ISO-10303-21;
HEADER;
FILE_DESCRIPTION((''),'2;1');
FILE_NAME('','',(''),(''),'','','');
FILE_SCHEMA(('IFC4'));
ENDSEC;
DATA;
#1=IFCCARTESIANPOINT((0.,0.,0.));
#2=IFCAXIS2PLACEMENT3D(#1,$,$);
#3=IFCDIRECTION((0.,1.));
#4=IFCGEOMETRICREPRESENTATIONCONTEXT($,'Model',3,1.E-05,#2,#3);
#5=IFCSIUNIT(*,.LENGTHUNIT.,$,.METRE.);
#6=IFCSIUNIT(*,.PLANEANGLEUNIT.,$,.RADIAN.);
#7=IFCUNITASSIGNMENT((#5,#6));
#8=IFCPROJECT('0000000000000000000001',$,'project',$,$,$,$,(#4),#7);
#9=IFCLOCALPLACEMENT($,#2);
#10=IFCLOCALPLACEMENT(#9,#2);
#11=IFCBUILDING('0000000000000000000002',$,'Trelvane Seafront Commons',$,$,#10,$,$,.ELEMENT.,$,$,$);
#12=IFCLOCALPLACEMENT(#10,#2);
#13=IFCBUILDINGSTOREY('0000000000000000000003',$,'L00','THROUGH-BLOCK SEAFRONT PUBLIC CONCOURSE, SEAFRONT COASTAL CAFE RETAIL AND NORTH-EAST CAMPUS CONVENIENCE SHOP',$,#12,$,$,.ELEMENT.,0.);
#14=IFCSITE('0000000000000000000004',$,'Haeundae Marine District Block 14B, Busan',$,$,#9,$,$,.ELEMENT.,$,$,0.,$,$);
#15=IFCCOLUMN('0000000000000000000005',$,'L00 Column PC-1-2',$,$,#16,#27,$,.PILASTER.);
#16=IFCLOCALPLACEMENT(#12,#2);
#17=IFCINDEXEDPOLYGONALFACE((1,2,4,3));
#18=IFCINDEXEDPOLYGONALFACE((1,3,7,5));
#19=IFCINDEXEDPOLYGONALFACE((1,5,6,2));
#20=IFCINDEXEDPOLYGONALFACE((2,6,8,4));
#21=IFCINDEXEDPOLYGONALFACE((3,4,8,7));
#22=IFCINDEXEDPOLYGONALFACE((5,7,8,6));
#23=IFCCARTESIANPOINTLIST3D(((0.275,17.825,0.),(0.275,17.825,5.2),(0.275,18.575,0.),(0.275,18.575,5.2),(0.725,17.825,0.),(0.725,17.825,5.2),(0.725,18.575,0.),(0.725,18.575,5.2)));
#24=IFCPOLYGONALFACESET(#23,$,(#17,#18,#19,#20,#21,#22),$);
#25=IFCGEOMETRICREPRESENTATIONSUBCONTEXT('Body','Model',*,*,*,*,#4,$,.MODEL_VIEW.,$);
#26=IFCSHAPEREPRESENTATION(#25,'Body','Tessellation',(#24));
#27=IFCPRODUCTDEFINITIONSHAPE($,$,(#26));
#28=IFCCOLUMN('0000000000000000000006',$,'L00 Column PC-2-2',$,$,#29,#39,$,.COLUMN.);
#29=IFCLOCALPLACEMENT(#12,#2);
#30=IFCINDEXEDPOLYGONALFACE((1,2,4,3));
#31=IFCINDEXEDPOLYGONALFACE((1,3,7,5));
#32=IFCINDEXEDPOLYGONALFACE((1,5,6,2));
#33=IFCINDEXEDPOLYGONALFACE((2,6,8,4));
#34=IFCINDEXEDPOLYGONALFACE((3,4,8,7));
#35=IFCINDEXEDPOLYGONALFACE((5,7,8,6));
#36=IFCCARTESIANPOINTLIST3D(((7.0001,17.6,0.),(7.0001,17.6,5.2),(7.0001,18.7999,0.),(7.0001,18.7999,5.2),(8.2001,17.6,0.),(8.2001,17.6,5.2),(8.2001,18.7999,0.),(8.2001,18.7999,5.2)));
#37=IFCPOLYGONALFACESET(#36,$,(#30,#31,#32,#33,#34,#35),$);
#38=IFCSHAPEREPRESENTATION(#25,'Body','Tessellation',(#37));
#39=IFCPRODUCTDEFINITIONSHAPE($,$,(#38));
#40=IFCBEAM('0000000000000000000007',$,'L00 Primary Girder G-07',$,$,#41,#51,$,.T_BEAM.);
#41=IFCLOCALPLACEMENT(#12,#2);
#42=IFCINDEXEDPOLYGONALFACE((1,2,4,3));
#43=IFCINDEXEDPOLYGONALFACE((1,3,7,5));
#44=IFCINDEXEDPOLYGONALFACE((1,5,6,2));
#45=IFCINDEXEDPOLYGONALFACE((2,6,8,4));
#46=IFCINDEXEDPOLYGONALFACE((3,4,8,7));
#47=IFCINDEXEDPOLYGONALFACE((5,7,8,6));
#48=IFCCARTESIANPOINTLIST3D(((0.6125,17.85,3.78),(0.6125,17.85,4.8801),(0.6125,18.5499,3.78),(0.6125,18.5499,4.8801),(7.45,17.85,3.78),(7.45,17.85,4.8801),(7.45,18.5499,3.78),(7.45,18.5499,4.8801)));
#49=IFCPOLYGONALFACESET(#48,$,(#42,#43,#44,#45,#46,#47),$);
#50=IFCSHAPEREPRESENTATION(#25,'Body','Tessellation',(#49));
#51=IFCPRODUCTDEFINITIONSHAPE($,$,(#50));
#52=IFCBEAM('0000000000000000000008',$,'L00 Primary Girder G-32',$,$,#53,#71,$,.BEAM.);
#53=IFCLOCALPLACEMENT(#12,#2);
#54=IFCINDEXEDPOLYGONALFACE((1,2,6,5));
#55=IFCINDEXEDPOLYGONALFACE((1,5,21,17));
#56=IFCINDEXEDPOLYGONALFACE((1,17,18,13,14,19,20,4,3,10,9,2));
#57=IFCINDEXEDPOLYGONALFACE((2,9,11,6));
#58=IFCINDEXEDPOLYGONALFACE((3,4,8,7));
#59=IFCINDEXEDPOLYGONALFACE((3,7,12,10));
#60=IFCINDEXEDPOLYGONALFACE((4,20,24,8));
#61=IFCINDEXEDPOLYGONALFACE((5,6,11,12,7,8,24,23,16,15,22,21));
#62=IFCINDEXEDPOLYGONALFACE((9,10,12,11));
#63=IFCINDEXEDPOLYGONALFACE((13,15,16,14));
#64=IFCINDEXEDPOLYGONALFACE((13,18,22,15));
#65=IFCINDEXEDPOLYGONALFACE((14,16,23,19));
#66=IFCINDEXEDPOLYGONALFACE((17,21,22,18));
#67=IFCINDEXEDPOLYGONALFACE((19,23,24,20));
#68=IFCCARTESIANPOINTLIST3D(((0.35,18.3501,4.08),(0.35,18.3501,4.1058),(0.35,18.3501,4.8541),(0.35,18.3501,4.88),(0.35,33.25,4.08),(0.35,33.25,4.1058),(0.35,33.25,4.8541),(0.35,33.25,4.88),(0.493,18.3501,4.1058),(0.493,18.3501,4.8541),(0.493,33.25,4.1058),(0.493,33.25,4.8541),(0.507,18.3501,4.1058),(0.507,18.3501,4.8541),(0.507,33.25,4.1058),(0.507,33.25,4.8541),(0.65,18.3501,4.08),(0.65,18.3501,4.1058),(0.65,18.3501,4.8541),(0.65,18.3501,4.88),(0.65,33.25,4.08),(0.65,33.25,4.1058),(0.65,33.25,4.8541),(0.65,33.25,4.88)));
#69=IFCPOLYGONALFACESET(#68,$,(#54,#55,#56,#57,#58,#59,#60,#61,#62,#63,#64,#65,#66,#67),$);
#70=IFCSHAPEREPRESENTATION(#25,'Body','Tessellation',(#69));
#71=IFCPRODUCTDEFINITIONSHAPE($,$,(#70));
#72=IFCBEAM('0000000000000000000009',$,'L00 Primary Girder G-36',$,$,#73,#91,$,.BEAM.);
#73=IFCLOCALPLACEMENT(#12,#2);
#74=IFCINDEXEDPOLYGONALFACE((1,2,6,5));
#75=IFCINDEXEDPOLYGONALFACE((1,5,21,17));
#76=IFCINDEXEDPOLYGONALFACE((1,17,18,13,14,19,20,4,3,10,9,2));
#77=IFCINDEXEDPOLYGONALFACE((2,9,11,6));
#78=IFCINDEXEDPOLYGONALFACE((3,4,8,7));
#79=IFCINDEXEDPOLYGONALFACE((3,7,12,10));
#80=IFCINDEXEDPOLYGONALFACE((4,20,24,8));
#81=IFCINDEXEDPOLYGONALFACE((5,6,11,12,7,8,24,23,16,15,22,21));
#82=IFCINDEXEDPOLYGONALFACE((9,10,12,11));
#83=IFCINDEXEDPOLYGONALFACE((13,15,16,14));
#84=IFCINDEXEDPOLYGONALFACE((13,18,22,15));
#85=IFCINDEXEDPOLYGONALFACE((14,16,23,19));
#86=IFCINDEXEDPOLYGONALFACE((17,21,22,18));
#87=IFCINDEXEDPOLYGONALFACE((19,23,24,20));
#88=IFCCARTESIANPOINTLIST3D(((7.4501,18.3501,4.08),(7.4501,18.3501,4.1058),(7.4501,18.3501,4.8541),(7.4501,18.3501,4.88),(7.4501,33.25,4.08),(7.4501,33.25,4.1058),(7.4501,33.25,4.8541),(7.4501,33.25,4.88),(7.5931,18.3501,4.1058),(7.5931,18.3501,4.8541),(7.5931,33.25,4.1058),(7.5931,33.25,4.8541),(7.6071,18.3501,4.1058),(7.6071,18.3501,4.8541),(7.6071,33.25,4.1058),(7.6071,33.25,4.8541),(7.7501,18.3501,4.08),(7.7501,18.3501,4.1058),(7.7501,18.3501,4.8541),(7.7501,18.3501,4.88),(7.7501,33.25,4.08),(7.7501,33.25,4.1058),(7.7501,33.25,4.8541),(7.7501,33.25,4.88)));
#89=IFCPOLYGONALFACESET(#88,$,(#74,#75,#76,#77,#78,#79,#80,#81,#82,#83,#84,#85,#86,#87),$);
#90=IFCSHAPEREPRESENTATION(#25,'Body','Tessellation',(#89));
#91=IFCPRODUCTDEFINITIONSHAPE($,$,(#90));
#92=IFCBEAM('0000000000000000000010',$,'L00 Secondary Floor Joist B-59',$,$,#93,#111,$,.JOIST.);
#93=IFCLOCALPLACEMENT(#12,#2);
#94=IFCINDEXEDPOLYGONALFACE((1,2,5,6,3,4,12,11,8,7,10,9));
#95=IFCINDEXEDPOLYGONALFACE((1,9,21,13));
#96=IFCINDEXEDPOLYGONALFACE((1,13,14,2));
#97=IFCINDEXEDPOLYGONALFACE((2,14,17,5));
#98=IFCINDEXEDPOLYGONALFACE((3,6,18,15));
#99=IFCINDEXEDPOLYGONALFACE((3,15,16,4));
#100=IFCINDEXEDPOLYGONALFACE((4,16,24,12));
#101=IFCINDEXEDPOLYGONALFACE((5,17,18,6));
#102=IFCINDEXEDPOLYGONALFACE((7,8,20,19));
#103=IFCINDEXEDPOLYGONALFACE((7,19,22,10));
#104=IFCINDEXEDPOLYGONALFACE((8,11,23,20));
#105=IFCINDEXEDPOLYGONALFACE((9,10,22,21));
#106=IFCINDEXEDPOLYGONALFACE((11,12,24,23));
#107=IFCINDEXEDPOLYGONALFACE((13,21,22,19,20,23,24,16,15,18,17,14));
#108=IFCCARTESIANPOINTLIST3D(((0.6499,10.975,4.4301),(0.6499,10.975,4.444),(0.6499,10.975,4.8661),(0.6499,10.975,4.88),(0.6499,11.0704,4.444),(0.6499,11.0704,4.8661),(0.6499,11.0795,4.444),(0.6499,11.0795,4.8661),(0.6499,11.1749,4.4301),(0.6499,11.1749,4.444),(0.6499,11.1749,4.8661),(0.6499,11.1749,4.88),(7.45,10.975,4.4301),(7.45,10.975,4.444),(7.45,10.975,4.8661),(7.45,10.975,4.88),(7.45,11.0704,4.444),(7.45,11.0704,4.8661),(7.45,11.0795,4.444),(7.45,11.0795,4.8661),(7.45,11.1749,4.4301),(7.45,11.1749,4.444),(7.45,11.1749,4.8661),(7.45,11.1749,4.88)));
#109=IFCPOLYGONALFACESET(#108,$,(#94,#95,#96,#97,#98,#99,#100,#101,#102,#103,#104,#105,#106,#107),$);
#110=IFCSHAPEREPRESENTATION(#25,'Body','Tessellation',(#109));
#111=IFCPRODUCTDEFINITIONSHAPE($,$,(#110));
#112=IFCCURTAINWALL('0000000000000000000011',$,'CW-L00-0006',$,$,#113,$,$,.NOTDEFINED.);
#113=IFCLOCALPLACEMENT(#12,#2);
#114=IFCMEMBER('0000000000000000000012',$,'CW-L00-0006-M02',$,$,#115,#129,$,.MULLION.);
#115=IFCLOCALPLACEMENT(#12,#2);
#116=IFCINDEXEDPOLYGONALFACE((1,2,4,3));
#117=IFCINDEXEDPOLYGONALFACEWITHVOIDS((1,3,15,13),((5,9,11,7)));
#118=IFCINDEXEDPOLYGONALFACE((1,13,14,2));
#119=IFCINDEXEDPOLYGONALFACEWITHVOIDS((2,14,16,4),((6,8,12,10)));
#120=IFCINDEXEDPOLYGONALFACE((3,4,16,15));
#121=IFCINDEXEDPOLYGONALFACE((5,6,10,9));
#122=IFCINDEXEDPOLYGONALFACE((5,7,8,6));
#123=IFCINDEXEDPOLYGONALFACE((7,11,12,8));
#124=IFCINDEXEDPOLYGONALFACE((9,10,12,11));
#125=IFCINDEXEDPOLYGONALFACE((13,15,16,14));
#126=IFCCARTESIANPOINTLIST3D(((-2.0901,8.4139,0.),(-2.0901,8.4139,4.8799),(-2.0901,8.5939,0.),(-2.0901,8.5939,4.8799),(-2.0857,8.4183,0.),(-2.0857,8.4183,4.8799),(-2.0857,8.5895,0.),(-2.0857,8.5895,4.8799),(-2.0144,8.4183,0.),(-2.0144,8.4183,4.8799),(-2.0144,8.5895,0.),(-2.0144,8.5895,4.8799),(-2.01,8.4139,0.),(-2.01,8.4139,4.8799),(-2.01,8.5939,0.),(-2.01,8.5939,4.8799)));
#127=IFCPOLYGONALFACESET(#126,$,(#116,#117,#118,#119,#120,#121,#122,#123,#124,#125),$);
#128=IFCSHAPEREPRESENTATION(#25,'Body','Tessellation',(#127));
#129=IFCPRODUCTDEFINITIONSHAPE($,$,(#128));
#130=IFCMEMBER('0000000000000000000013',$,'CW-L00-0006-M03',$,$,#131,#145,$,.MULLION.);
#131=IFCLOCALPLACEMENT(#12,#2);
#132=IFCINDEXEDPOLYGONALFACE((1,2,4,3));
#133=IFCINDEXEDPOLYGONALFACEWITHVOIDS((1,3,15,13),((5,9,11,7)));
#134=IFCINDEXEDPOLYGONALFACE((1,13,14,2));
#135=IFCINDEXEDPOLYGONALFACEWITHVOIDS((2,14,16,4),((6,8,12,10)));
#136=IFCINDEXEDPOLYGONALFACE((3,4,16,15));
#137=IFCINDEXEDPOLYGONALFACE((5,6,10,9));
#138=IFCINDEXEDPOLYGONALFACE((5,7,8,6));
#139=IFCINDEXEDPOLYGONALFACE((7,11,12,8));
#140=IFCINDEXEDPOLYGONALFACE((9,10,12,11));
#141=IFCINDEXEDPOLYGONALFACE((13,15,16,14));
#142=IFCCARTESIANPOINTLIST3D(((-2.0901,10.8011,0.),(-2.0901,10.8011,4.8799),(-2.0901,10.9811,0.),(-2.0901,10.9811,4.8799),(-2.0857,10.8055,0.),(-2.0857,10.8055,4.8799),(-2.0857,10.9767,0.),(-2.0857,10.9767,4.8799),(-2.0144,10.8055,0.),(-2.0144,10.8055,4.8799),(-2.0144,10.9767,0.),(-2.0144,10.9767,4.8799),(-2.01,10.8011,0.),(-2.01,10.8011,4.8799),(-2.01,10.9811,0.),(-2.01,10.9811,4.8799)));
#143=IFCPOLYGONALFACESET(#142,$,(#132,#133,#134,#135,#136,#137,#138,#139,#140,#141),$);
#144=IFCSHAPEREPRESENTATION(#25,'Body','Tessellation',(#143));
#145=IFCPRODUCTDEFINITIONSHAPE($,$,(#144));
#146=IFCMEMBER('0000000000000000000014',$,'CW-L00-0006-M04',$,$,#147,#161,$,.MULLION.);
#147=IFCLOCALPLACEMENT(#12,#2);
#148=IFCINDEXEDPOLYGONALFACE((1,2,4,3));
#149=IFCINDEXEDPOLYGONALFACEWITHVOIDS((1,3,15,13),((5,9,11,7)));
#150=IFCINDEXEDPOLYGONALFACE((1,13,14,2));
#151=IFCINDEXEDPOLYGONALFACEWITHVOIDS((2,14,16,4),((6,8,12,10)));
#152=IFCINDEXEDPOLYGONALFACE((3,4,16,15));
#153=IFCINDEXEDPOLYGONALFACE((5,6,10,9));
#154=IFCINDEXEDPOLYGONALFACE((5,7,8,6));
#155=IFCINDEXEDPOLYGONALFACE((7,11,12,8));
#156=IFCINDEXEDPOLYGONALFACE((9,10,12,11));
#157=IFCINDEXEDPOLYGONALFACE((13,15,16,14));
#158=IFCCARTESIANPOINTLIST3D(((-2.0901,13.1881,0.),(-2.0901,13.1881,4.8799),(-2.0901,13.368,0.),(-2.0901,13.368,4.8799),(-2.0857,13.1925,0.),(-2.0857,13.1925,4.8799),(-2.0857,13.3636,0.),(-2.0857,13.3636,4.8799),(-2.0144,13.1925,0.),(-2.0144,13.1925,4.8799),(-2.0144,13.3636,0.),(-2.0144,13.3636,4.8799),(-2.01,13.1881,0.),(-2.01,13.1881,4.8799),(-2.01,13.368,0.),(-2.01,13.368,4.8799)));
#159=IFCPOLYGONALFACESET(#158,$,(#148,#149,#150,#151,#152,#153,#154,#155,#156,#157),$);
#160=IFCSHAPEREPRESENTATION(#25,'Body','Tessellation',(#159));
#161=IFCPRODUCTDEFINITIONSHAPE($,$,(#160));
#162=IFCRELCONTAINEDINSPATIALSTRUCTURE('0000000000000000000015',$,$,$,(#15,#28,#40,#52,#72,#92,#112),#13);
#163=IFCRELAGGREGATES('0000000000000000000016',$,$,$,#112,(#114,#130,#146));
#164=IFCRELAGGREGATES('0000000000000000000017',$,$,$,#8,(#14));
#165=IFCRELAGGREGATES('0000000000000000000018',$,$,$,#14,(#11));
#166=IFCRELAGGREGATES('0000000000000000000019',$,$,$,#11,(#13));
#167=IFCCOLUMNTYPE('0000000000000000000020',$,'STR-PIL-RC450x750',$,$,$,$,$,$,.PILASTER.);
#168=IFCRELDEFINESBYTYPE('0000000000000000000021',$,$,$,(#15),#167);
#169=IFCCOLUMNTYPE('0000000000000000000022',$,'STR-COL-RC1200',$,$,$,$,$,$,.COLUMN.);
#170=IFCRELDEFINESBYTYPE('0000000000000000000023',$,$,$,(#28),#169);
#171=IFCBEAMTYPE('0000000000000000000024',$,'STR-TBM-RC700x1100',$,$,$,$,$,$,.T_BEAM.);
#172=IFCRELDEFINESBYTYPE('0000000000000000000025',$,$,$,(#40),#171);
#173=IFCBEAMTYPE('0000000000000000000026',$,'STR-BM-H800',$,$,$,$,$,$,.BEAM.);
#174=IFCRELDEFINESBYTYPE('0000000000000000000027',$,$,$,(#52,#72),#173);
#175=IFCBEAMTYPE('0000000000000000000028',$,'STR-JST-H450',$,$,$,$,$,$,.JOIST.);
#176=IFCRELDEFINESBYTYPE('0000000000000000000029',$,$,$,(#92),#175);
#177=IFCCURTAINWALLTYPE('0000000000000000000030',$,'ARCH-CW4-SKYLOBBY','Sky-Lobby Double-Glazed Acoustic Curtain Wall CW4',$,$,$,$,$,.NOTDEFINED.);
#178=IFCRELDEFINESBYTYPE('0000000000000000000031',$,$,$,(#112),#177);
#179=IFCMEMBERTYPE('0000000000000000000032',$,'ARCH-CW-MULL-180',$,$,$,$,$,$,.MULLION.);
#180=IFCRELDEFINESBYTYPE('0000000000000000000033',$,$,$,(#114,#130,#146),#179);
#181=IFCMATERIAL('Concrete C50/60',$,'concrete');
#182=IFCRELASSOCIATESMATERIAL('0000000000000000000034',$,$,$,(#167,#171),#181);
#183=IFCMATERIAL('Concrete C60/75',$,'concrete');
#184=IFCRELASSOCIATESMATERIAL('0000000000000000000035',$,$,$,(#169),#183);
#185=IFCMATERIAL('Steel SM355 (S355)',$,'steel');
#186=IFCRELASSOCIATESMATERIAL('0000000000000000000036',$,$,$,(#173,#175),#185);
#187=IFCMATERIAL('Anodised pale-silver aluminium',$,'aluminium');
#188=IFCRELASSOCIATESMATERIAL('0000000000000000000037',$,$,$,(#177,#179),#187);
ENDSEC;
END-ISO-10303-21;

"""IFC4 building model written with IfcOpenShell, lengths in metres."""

from ifc_helpers import new_model, si_unit, direction, frame, origin, origin_2d, place, context, subcontext, project, spatial, rectangle, hollow_rectangle, i_section, extrude, source, transform, mapped, material, material_profile, profile_set, type_object, element, aggregate, save


model = new_model("IFC4")

# Units and contexts
model_context = context("Model", 3, precision=1e-05, world=origin(), true_north=direction((0.0, 1.0)))
body_context = subcontext(model_context, "Body", "Model", "MODEL_VIEW")
ifc_project = project(units=[si_unit("LENGTHUNIT", "METRE"), si_unit("PLANEANGLEUNIT", "RADIAN")], contexts=[model_context])

# Site, building, storey
site_placement = place(None, origin())
site = spatial("IfcSite", under=ifc_project, at=site_placement, Name="Haeundae Marine District Block 14B, Busan", CompositionType="ELEMENT", RefElevation=0.0)
building_placement = place(site_placement, origin())
building = spatial("IfcBuilding", under=site, at=building_placement, Name="Trelvane Seafront Commons", CompositionType="ELEMENT")
storey_placement = place(building_placement, origin())
storey = spatial("IfcBuildingStorey", under=building, at=storey_placement, Name="L00", Description="THROUGH-BLOCK SEAFRONT PUBLIC CONCOURSE, SEAFRONT COASTAL CAFE RETAIL AND NORTH-EAST CAMPUS CONVENIENCE SHOP", CompositionType="ELEMENT", Elevation=0.0)

# Columns
ifc_material_1 = material(Name="Concrete C50/60", Category="concrete")
ifc_material_profile_1 = material_profile(ifc_material_1, rectangle(XDim=0.45, YDim=0.75, at=origin_2d()), Name="RC-450x750")
ifc_profile_set_1 = profile_set([ifc_material_profile_1], Name="Concrete C50/60")
column_type_1 = type_object("IfcColumnType", Name="STR-PIL-RC450x750", PredefinedType="PILASTER", material=ifc_profile_set_1)
shared_shape_1 = source(origin(), body_context, "Body", "SweptSolid", [
    extrude(rectangle(XDim=0.45, YDim=0.75, at=origin_2d()), origin(), (0.0, 0.0, 1.0), 5.2),
])
column_1_placement = place(storey_placement, frame((0.5, 18.2, 0.0), z_axis=(0.0, 0.0, 1.0), x_axis=(1.0, 0.0, 0.0)))
element("IfcColumn", 1, at=column_1_placement, inside=storey, type_object=column_type_1, Name="L00 Column PC-1-2", PredefinedType="PILASTER", context=body_context, shape_type="MappedRepresentation", body=[
    mapped(shared_shape_1, transform((0.0, 0.0, 0.0), x_axis=(1.0, 0.0, 0.0), y_axis=(0.0, 1.0, 0.0), z_axis=(0.0, 0.0, 1.0), scale=1.0)),
])
ifc_material_2 = material(Name="Concrete C60/75", Category="concrete")
ifc_material_profile_2 = material_profile(ifc_material_2, rectangle(XDim=1.2, YDim=1.2, at=origin_2d()), Name="RC-1200x1200")
ifc_profile_set_2 = profile_set([ifc_material_profile_2], Name="Concrete C60/75")
column_type_2 = type_object("IfcColumnType", Name="STR-COL-RC1200", PredefinedType="COLUMN", material=ifc_profile_set_2)
shared_shape_2 = source(origin(), body_context, "Body", "SweptSolid", [
    extrude(rectangle(XDim=1.2, YDim=1.2, at=origin_2d()), origin(), (0.0, 0.0, 1.0), 5.2),
])
column_2_placement = place(storey_placement, frame((7.6001, 18.2, 0.0), z_axis=(0.0, 0.0, 1.0), x_axis=(1.0, 0.0, 0.0)))
element("IfcColumn", 2, at=column_2_placement, inside=storey, type_object=column_type_2, Name="L00 Column PC-2-2", PredefinedType="COLUMN", context=body_context, shape_type="MappedRepresentation", body=[
    mapped(shared_shape_2, transform((0.0, 0.0, 0.0), x_axis=(1.0, 0.0, 0.0), y_axis=(0.0, 1.0, 0.0), z_axis=(0.0, 0.0, 1.0), scale=1.0)),
])

# Beams
ifc_material_profile_3 = material_profile(ifc_material_1, rectangle(XDim=0.7, YDim=1.1001, at=origin_2d()), Name="RC-700x1100")
ifc_profile_set_3 = profile_set([ifc_material_profile_3], Name="Concrete C50/60")
beam_type_1 = type_object("IfcBeamType", Name="STR-TBM-RC700x1100", PredefinedType="T_BEAM", material=ifc_profile_set_3)
shared_shape_3 = source(origin(), body_context, "Body", "SweptSolid", [
    extrude(rectangle(XDim=0.7, YDim=1.1001, at=origin_2d()), origin(), (0.0, 0.0, 1.0), 6.8374),
])
beam_1_placement = place(storey_placement, frame((0.6125, 18.2, 4.3301), z_axis=(1.0, 0.0, 0.0), x_axis=(0.0, 1.0, 0.0)))
element("IfcBeam", 3, at=beam_1_placement, inside=storey, type_object=beam_type_1, Name="L00 Primary Girder G-07", PredefinedType="T_BEAM", context=body_context, shape_type="MappedRepresentation", body=[
    mapped(shared_shape_3, transform((0.0, 0.0, 0.0), x_axis=(1.0, 0.0, 0.0), y_axis=(0.0, 1.0, 0.0), z_axis=(0.0, 0.0, 1.0), scale=1.0)),
])
ifc_material_3 = material(Name="Steel SM355 (S355)", Category="steel")
ifc_material_profile_4 = material_profile(ifc_material_3, i_section(OverallWidth=0.3, OverallDepth=0.8, WebThickness=0.0139, FlangeThickness=0.0259, at=origin_2d()), Name="H-800x300x14x26")
ifc_profile_set_4 = profile_set([ifc_material_profile_4], Name="Steel SM355 (S355)")
beam_type_2 = type_object("IfcBeamType", Name="STR-BM-H800", PredefinedType="BEAM", material=ifc_profile_set_4)
shared_shape_4 = source(origin(), body_context, "Body", "SweptSolid", [
    extrude(i_section(OverallWidth=0.3, OverallDepth=0.8, WebThickness=0.0139, FlangeThickness=0.0259, at=origin_2d()), origin(), (0.0, 0.0, 1.0), 14.8999),
])
for number, where, z_axis, x_axis, name in (
    (4, (0.5, 18.3501, 4.48), (0.0, 1.0, 0.0), (-1.0, 0.0, 0.0), "L00 Primary Girder G-32"),
    (5, (7.6001, 18.3501, 4.48), (0.0, 1.0, 0.0), (-1.0, 0.0, 0.0), "L00 Primary Girder G-36"),
):
    element("IfcBeam", number, at=place(storey_placement, frame(where, z_axis=z_axis, x_axis=x_axis)), inside=storey, type_object=beam_type_2, Name=name, PredefinedType="BEAM", context=body_context, shape_type="MappedRepresentation", body=[
        mapped(shared_shape_4, transform((0.0, 0.0, 0.0), x_axis=(1.0, 0.0, 0.0), y_axis=(0.0, 1.0, 0.0), z_axis=(0.0, 0.0, 1.0), scale=1.0)),
    ])
ifc_material_profile_5 = material_profile(ifc_material_3, i_section(OverallWidth=0.2, OverallDepth=0.45, WebThickness=0.009, FlangeThickness=0.0139, at=origin_2d()), Name="H-450x200x9x14")
ifc_profile_set_5 = profile_set([ifc_material_profile_5], Name="Steel SM355 (S355)")
beam_type_3 = type_object("IfcBeamType", Name="STR-JST-H450", PredefinedType="JOIST", material=ifc_profile_set_5)
shared_shape_5 = source(origin(), body_context, "Body", "SweptSolid", [
    extrude(i_section(OverallWidth=0.2, OverallDepth=0.45, WebThickness=0.009, FlangeThickness=0.0139, at=origin_2d()), origin(), (0.0, 0.0, 1.0), 6.8),
])
beam_2_placement = place(storey_placement, frame((0.6499, 11.075, 4.655), z_axis=(1.0, 0.0, 0.0), x_axis=(0.0, 1.0, 0.0)))
element("IfcBeam", 6, at=beam_2_placement, inside=storey, type_object=beam_type_3, Name="L00 Secondary Floor Joist B-59", PredefinedType="JOIST", context=body_context, shape_type="MappedRepresentation", body=[
    mapped(shared_shape_5, transform((0.0, 0.0, 0.0), x_axis=(1.0, 0.0, 0.0), y_axis=(0.0, 1.0, 0.0), z_axis=(0.0, 0.0, 1.0), scale=1.0)),
])

# Curtain wall, members
ifc_material_4 = material(Name="Anodised pale-silver aluminium", Category="aluminium")
curtain_wall_type = type_object("IfcCurtainWallType", Name="ARCH-CW4-SKYLOBBY", Description="Sky-Lobby Double-Glazed Acoustic Curtain Wall CW4", PredefinedType="NOTDEFINED", material=ifc_material_4)
curtain_wall_placement = place(storey_placement, origin())
curtain_wall = element("IfcCurtainWall", 7, at=curtain_wall_placement, inside=storey, type_object=curtain_wall_type, Name="CW-L00-0006", PredefinedType="NOTDEFINED")
ifc_material_profile_6 = material_profile(ifc_material_4, hollow_rectangle(XDim=0.0801, YDim=0.1799, WallThickness=0.0044, at=origin_2d()), Name="MULL-80x180x4.5")
ifc_profile_set_6 = profile_set([ifc_material_profile_6], Name="Anodised pale-silver aluminium")
member_type_1 = type_object("IfcMemberType", Name="ARCH-CW-MULL-180", PredefinedType="MULLION", material=ifc_profile_set_6)
shared_shape_6 = source(origin(), body_context, "Body", "SweptSolid", [
    extrude(hollow_rectangle(XDim=0.0801, YDim=0.1799, WallThickness=0.0044, at=origin_2d()), origin(), (0.0, 0.0, 1.0), 4.8799),
])
member_1_placement = place(storey_placement, frame((-2.05, 8.5039, 0.0), z_axis=(0.0, 0.0, 1.0), x_axis=(1.0, 0.0, 0.0)))
member_1 = element("IfcMember", 8, at=member_1_placement, type_object=member_type_1, Name="CW-L00-0006-M02", PredefinedType="MULLION", context=body_context, shape_type="MappedRepresentation", body=[
    mapped(shared_shape_6, transform((0.0, 0.0, 0.0), x_axis=(1.0, 0.0, 0.0), y_axis=(0.0, 1.0, 0.0), z_axis=(0.0, 0.0, 1.0), scale=1.0)),
])
member_2_placement = place(storey_placement, frame((-2.05, 10.8911, 0.0), z_axis=(0.0, 0.0, 1.0), x_axis=(1.0, 0.0, 0.0)))
member_2 = element("IfcMember", 9, at=member_2_placement, type_object=member_type_1, Name="CW-L00-0006-M03", PredefinedType="MULLION", context=body_context, shape_type="MappedRepresentation", body=[
    mapped(shared_shape_6, transform((0.0, 0.0, 0.0), x_axis=(1.0, 0.0, 0.0), y_axis=(0.0, 1.0, 0.0), z_axis=(0.0, 0.0, 1.0), scale=1.0)),
])
member_3_placement = place(storey_placement, frame((-2.05, 13.2781, 0.0), z_axis=(0.0, 0.0, 1.0), x_axis=(1.0, 0.0, 0.0)))
member_3 = element("IfcMember", 10, at=member_3_placement, type_object=member_type_1, Name="CW-L00-0006-M04", PredefinedType="MULLION", context=body_context, shape_type="MappedRepresentation", body=[
    mapped(shared_shape_6, transform((0.0, 0.0, 0.0), x_axis=(1.0, 0.0, 0.0), y_axis=(0.0, 1.0, 0.0), z_axis=(0.0, 0.0, 1.0), scale=1.0)),
])
aggregate(curtain_wall, [member_1, member_2, member_3])

save(model, "model.ifc")
